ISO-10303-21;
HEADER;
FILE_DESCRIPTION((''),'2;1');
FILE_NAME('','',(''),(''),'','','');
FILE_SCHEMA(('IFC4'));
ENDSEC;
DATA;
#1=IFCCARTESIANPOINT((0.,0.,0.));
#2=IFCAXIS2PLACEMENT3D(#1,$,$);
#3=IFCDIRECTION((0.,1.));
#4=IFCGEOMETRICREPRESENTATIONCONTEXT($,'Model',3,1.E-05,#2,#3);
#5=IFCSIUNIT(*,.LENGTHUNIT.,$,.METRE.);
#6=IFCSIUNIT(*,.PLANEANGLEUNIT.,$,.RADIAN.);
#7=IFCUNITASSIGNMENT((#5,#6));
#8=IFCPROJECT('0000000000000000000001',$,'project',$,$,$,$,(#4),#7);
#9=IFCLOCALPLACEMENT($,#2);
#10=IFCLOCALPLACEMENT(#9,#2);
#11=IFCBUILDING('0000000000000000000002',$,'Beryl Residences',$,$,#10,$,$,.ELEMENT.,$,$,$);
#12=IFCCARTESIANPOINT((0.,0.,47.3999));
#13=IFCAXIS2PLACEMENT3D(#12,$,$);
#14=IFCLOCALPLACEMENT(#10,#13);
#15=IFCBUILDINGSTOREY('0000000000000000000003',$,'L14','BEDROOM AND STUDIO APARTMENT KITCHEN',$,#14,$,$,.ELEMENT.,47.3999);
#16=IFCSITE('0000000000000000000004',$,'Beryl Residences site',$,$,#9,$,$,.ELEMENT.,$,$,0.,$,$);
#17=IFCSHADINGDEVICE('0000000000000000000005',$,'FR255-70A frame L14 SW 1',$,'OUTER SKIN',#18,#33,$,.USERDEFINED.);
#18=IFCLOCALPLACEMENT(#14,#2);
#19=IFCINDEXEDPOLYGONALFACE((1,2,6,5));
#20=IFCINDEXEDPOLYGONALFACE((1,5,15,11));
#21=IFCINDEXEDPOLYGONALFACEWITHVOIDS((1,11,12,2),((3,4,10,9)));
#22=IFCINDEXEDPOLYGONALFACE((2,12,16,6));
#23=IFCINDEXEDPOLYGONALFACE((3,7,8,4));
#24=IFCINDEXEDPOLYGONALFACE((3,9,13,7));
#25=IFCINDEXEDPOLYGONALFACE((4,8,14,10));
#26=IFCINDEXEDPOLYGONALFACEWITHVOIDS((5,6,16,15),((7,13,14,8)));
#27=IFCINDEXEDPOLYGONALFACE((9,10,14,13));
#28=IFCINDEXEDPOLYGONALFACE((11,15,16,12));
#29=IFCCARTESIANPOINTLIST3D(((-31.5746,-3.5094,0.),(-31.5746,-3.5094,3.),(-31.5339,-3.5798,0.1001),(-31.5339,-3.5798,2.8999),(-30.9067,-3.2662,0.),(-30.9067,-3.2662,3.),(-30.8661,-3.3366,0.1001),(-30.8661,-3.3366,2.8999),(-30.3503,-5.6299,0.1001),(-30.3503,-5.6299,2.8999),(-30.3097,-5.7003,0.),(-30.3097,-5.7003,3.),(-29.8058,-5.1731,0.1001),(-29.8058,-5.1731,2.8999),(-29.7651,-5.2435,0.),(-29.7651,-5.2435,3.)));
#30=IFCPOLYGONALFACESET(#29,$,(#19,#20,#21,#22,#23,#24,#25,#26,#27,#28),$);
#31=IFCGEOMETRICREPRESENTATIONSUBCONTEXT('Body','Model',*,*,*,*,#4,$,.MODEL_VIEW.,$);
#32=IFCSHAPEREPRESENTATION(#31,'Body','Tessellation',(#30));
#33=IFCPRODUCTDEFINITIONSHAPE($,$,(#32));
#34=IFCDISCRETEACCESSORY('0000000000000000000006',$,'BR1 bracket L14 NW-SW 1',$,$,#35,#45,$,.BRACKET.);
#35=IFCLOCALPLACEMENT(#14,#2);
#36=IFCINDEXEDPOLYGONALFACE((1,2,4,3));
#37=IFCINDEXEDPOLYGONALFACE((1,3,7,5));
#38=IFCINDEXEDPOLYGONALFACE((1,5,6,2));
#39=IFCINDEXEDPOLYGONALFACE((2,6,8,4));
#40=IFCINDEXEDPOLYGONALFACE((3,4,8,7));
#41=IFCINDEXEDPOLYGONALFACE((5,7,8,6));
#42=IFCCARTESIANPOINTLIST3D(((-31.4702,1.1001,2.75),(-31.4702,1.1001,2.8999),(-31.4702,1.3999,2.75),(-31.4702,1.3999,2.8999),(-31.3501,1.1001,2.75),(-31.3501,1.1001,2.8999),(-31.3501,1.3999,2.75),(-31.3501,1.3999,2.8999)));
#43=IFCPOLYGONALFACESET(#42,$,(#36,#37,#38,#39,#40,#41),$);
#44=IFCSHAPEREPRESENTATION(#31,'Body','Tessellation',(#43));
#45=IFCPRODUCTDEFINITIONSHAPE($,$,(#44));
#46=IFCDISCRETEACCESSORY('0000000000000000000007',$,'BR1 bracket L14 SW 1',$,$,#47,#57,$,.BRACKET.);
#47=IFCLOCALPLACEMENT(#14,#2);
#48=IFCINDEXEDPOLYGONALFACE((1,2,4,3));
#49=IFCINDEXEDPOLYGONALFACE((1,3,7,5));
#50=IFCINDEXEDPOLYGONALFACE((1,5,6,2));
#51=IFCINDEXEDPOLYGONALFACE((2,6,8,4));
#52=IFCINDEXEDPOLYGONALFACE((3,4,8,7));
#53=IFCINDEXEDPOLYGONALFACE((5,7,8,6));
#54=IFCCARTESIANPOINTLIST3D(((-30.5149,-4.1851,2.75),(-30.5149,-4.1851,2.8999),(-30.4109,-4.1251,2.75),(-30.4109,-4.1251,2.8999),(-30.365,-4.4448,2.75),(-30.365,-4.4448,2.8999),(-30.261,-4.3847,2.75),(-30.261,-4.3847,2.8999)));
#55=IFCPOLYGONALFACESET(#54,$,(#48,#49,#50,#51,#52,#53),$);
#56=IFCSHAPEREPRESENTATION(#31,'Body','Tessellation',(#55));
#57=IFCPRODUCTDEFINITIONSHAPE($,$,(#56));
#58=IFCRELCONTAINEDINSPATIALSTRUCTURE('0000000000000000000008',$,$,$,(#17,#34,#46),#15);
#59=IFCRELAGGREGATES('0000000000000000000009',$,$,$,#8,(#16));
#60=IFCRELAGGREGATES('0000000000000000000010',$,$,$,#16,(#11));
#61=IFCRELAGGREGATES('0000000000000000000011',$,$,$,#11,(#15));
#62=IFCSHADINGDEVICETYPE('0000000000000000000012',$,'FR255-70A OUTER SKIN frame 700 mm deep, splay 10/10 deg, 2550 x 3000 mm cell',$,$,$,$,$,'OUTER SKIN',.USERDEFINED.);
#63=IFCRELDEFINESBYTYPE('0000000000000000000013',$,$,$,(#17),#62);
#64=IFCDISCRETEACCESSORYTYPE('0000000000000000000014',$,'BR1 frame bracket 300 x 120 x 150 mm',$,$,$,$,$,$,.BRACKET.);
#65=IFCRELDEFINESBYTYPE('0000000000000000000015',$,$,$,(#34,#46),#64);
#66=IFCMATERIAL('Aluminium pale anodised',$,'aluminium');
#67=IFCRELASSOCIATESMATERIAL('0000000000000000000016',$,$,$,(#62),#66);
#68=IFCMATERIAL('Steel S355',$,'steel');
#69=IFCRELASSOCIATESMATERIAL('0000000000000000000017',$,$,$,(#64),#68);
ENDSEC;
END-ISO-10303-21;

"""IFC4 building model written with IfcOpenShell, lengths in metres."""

from ifc_helpers import new_model, entity, si_unit, direction, frame, origin, place, context, subcontext, project, spatial, polyline, outline, extrude, source, transform, mapped, material, type_object, type_shapes, element, save


model = new_model("IFC4")

# Units and contexts
model_context = context("Model", 3, precision=1e-05, world=origin(), true_north=direction((0.0, 1.0)))
body_context = subcontext(model_context, "Body", "Model", "MODEL_VIEW")
ifc_project = project(units=[si_unit("LENGTHUNIT", "METRE"), si_unit("PLANEANGLEUNIT", "RADIAN")], contexts=[model_context])

# Site, building, storey
site_placement = place(None, origin())
site = spatial("IfcSite", under=ifc_project, at=site_placement, Name="Beryl Residences site", CompositionType="ELEMENT", RefElevation=0.0)
building_placement = place(site_placement, origin())
building = spatial("IfcBuilding", under=site, at=building_placement, Name="Beryl Residences", CompositionType="ELEMENT")
storey_placement = place(building_placement, frame((0.0, 0.0, 47.3999)))
storey = spatial("IfcBuildingStorey", under=building, at=storey_placement, Name="L14", Description="BEDROOM AND STUDIO APARTMENT KITCHEN", CompositionType="ELEMENT", Elevation=47.3999)

# Shading device
ifc_material_1 = material(Name="Aluminium pale anodised", Category="aluminium")
shading_device_type_1 = type_object("IfcShadingDeviceType", Name="FR255-70A OUTER SKIN frame 700 mm deep, splay 10/10 deg, 2550 x 3000 mm cell", ElementType="OUTER SKIN", PredefinedType="USERDEFINED", material=ifc_material_1)
cartesian_point_1 = entity("IfcCartesianPoint", [-1.1416, 0.0])
cartesian_point_2 = entity("IfcCartesianPoint", [-1.0603, 0.1001])
cartesian_point_3 = entity("IfcCartesianPoint", [-1.2649, 0.0])
cartesian_point_4 = entity("IfcCartesianPoint", [-1.1836, 0.1001])
shared_shape_1 = source(origin(), body_context, "Body", "SweptSolid", [
    entity("IfcExtrudedAreaSolidTapered", entity("IfcArbitraryProfileDefWithVoids", "AREA", None, entity("IfcPolyline", [cartesian_point_1, entity("IfcCartesianPoint", [1.1416, 0.0]), entity("IfcCartesianPoint", [1.1416, 3.0]), entity("IfcCartesianPoint", [-1.1416, 3.0]), cartesian_point_1]), [entity("IfcPolyline", [cartesian_point_2, entity("IfcCartesianPoint", [1.0603, 0.1001]), entity("IfcCartesianPoint", [1.0603, 2.8999]), entity("IfcCartesianPoint", [-1.0603, 2.8999]), cartesian_point_2])]), entity("IfcAxis2Placement3D", entity("IfcCartesianPoint", [0.0, 0.0, 0.0]), entity("IfcDirection", [0.0, 1.0, 0.0]), entity("IfcDirection", [-1.0, 0.0, 0.0])), entity("IfcDirection", [0.0, 0.0, 1.0]), 0.7, entity("IfcArbitraryProfileDefWithVoids", "AREA", None, entity("IfcPolyline", [cartesian_point_3, entity("IfcCartesianPoint", [1.2649, 0.0]), entity("IfcCartesianPoint", [1.2649, 3.0]), entity("IfcCartesianPoint", [-1.2649, 3.0]), cartesian_point_3]), [entity("IfcPolyline", [cartesian_point_4, entity("IfcCartesianPoint", [1.1836, 0.1001]), entity("IfcCartesianPoint", [1.1836, 2.8999]), entity("IfcCartesianPoint", [-1.1836, 2.8999]), cartesian_point_4])])),
])
type_shapes(shading_device_type_1, [shared_shape_1])
shading_device_placement = place(storey_placement, frame((-30.3359, -4.2549, 0.0), z_axis=(0.0, 0.0, 1.0), x_axis=(-0.5, 0.866025, 0.0)))
element("IfcShadingDevice", 1, at=shading_device_placement, inside=storey, type_object=shading_device_type_1, Name="FR255-70A frame L14 SW 1", ObjectType="OUTER SKIN", PredefinedType="USERDEFINED", context=body_context, shape_type="MappedRepresentation", body=[
    mapped(shared_shape_1, transform((0.0, 0.0, 0.0))),
])

# Discrete accessories
ifc_material_2 = material(Name="Steel S355", Category="steel")
discrete_accessory_type = type_object("IfcDiscreteAccessoryType", Name="BR1 frame bracket 300 x 120 x 150 mm", PredefinedType="BRACKET", material=ifc_material_2)
shared_shape_2 = source(origin(), body_context, "Body", "SweptSolid", [
    extrude(outline(polyline([(-0.1499, 0.0), (0.1499, 0.0), (0.1499, 0.1201), (-0.1499, 0.1201), (-0.1499, 0.0)])), origin(), (0.0, 0.0, 1.0), 0.1499),
])
type_shapes(discrete_accessory_type, [shared_shape_2])
for number, where, z_axis, x_axis, name in (
    (2, (-31.3501, 1.25, 2.75), (0.0, 0.0, 1.0), (0.0, 1.0, 0.0), "BR1 bracket L14 NW-SW 1"),
    (3, (-30.3359, -4.2549, 2.75), (0.0, 0.0, 1.0), (-0.5, 0.866025, 0.0), "BR1 bracket L14 SW 1"),
):
    element("IfcDiscreteAccessory", number, at=place(storey_placement, frame(where, z_axis=z_axis, x_axis=x_axis)), inside=storey, type_object=discrete_accessory_type, Name=name, PredefinedType="BRACKET", context=body_context, shape_type="MappedRepresentation", body=[
        mapped(shared_shape_2, transform((0.0, 0.0, 0.0))),
    ])

save(model, "model.ifc")
